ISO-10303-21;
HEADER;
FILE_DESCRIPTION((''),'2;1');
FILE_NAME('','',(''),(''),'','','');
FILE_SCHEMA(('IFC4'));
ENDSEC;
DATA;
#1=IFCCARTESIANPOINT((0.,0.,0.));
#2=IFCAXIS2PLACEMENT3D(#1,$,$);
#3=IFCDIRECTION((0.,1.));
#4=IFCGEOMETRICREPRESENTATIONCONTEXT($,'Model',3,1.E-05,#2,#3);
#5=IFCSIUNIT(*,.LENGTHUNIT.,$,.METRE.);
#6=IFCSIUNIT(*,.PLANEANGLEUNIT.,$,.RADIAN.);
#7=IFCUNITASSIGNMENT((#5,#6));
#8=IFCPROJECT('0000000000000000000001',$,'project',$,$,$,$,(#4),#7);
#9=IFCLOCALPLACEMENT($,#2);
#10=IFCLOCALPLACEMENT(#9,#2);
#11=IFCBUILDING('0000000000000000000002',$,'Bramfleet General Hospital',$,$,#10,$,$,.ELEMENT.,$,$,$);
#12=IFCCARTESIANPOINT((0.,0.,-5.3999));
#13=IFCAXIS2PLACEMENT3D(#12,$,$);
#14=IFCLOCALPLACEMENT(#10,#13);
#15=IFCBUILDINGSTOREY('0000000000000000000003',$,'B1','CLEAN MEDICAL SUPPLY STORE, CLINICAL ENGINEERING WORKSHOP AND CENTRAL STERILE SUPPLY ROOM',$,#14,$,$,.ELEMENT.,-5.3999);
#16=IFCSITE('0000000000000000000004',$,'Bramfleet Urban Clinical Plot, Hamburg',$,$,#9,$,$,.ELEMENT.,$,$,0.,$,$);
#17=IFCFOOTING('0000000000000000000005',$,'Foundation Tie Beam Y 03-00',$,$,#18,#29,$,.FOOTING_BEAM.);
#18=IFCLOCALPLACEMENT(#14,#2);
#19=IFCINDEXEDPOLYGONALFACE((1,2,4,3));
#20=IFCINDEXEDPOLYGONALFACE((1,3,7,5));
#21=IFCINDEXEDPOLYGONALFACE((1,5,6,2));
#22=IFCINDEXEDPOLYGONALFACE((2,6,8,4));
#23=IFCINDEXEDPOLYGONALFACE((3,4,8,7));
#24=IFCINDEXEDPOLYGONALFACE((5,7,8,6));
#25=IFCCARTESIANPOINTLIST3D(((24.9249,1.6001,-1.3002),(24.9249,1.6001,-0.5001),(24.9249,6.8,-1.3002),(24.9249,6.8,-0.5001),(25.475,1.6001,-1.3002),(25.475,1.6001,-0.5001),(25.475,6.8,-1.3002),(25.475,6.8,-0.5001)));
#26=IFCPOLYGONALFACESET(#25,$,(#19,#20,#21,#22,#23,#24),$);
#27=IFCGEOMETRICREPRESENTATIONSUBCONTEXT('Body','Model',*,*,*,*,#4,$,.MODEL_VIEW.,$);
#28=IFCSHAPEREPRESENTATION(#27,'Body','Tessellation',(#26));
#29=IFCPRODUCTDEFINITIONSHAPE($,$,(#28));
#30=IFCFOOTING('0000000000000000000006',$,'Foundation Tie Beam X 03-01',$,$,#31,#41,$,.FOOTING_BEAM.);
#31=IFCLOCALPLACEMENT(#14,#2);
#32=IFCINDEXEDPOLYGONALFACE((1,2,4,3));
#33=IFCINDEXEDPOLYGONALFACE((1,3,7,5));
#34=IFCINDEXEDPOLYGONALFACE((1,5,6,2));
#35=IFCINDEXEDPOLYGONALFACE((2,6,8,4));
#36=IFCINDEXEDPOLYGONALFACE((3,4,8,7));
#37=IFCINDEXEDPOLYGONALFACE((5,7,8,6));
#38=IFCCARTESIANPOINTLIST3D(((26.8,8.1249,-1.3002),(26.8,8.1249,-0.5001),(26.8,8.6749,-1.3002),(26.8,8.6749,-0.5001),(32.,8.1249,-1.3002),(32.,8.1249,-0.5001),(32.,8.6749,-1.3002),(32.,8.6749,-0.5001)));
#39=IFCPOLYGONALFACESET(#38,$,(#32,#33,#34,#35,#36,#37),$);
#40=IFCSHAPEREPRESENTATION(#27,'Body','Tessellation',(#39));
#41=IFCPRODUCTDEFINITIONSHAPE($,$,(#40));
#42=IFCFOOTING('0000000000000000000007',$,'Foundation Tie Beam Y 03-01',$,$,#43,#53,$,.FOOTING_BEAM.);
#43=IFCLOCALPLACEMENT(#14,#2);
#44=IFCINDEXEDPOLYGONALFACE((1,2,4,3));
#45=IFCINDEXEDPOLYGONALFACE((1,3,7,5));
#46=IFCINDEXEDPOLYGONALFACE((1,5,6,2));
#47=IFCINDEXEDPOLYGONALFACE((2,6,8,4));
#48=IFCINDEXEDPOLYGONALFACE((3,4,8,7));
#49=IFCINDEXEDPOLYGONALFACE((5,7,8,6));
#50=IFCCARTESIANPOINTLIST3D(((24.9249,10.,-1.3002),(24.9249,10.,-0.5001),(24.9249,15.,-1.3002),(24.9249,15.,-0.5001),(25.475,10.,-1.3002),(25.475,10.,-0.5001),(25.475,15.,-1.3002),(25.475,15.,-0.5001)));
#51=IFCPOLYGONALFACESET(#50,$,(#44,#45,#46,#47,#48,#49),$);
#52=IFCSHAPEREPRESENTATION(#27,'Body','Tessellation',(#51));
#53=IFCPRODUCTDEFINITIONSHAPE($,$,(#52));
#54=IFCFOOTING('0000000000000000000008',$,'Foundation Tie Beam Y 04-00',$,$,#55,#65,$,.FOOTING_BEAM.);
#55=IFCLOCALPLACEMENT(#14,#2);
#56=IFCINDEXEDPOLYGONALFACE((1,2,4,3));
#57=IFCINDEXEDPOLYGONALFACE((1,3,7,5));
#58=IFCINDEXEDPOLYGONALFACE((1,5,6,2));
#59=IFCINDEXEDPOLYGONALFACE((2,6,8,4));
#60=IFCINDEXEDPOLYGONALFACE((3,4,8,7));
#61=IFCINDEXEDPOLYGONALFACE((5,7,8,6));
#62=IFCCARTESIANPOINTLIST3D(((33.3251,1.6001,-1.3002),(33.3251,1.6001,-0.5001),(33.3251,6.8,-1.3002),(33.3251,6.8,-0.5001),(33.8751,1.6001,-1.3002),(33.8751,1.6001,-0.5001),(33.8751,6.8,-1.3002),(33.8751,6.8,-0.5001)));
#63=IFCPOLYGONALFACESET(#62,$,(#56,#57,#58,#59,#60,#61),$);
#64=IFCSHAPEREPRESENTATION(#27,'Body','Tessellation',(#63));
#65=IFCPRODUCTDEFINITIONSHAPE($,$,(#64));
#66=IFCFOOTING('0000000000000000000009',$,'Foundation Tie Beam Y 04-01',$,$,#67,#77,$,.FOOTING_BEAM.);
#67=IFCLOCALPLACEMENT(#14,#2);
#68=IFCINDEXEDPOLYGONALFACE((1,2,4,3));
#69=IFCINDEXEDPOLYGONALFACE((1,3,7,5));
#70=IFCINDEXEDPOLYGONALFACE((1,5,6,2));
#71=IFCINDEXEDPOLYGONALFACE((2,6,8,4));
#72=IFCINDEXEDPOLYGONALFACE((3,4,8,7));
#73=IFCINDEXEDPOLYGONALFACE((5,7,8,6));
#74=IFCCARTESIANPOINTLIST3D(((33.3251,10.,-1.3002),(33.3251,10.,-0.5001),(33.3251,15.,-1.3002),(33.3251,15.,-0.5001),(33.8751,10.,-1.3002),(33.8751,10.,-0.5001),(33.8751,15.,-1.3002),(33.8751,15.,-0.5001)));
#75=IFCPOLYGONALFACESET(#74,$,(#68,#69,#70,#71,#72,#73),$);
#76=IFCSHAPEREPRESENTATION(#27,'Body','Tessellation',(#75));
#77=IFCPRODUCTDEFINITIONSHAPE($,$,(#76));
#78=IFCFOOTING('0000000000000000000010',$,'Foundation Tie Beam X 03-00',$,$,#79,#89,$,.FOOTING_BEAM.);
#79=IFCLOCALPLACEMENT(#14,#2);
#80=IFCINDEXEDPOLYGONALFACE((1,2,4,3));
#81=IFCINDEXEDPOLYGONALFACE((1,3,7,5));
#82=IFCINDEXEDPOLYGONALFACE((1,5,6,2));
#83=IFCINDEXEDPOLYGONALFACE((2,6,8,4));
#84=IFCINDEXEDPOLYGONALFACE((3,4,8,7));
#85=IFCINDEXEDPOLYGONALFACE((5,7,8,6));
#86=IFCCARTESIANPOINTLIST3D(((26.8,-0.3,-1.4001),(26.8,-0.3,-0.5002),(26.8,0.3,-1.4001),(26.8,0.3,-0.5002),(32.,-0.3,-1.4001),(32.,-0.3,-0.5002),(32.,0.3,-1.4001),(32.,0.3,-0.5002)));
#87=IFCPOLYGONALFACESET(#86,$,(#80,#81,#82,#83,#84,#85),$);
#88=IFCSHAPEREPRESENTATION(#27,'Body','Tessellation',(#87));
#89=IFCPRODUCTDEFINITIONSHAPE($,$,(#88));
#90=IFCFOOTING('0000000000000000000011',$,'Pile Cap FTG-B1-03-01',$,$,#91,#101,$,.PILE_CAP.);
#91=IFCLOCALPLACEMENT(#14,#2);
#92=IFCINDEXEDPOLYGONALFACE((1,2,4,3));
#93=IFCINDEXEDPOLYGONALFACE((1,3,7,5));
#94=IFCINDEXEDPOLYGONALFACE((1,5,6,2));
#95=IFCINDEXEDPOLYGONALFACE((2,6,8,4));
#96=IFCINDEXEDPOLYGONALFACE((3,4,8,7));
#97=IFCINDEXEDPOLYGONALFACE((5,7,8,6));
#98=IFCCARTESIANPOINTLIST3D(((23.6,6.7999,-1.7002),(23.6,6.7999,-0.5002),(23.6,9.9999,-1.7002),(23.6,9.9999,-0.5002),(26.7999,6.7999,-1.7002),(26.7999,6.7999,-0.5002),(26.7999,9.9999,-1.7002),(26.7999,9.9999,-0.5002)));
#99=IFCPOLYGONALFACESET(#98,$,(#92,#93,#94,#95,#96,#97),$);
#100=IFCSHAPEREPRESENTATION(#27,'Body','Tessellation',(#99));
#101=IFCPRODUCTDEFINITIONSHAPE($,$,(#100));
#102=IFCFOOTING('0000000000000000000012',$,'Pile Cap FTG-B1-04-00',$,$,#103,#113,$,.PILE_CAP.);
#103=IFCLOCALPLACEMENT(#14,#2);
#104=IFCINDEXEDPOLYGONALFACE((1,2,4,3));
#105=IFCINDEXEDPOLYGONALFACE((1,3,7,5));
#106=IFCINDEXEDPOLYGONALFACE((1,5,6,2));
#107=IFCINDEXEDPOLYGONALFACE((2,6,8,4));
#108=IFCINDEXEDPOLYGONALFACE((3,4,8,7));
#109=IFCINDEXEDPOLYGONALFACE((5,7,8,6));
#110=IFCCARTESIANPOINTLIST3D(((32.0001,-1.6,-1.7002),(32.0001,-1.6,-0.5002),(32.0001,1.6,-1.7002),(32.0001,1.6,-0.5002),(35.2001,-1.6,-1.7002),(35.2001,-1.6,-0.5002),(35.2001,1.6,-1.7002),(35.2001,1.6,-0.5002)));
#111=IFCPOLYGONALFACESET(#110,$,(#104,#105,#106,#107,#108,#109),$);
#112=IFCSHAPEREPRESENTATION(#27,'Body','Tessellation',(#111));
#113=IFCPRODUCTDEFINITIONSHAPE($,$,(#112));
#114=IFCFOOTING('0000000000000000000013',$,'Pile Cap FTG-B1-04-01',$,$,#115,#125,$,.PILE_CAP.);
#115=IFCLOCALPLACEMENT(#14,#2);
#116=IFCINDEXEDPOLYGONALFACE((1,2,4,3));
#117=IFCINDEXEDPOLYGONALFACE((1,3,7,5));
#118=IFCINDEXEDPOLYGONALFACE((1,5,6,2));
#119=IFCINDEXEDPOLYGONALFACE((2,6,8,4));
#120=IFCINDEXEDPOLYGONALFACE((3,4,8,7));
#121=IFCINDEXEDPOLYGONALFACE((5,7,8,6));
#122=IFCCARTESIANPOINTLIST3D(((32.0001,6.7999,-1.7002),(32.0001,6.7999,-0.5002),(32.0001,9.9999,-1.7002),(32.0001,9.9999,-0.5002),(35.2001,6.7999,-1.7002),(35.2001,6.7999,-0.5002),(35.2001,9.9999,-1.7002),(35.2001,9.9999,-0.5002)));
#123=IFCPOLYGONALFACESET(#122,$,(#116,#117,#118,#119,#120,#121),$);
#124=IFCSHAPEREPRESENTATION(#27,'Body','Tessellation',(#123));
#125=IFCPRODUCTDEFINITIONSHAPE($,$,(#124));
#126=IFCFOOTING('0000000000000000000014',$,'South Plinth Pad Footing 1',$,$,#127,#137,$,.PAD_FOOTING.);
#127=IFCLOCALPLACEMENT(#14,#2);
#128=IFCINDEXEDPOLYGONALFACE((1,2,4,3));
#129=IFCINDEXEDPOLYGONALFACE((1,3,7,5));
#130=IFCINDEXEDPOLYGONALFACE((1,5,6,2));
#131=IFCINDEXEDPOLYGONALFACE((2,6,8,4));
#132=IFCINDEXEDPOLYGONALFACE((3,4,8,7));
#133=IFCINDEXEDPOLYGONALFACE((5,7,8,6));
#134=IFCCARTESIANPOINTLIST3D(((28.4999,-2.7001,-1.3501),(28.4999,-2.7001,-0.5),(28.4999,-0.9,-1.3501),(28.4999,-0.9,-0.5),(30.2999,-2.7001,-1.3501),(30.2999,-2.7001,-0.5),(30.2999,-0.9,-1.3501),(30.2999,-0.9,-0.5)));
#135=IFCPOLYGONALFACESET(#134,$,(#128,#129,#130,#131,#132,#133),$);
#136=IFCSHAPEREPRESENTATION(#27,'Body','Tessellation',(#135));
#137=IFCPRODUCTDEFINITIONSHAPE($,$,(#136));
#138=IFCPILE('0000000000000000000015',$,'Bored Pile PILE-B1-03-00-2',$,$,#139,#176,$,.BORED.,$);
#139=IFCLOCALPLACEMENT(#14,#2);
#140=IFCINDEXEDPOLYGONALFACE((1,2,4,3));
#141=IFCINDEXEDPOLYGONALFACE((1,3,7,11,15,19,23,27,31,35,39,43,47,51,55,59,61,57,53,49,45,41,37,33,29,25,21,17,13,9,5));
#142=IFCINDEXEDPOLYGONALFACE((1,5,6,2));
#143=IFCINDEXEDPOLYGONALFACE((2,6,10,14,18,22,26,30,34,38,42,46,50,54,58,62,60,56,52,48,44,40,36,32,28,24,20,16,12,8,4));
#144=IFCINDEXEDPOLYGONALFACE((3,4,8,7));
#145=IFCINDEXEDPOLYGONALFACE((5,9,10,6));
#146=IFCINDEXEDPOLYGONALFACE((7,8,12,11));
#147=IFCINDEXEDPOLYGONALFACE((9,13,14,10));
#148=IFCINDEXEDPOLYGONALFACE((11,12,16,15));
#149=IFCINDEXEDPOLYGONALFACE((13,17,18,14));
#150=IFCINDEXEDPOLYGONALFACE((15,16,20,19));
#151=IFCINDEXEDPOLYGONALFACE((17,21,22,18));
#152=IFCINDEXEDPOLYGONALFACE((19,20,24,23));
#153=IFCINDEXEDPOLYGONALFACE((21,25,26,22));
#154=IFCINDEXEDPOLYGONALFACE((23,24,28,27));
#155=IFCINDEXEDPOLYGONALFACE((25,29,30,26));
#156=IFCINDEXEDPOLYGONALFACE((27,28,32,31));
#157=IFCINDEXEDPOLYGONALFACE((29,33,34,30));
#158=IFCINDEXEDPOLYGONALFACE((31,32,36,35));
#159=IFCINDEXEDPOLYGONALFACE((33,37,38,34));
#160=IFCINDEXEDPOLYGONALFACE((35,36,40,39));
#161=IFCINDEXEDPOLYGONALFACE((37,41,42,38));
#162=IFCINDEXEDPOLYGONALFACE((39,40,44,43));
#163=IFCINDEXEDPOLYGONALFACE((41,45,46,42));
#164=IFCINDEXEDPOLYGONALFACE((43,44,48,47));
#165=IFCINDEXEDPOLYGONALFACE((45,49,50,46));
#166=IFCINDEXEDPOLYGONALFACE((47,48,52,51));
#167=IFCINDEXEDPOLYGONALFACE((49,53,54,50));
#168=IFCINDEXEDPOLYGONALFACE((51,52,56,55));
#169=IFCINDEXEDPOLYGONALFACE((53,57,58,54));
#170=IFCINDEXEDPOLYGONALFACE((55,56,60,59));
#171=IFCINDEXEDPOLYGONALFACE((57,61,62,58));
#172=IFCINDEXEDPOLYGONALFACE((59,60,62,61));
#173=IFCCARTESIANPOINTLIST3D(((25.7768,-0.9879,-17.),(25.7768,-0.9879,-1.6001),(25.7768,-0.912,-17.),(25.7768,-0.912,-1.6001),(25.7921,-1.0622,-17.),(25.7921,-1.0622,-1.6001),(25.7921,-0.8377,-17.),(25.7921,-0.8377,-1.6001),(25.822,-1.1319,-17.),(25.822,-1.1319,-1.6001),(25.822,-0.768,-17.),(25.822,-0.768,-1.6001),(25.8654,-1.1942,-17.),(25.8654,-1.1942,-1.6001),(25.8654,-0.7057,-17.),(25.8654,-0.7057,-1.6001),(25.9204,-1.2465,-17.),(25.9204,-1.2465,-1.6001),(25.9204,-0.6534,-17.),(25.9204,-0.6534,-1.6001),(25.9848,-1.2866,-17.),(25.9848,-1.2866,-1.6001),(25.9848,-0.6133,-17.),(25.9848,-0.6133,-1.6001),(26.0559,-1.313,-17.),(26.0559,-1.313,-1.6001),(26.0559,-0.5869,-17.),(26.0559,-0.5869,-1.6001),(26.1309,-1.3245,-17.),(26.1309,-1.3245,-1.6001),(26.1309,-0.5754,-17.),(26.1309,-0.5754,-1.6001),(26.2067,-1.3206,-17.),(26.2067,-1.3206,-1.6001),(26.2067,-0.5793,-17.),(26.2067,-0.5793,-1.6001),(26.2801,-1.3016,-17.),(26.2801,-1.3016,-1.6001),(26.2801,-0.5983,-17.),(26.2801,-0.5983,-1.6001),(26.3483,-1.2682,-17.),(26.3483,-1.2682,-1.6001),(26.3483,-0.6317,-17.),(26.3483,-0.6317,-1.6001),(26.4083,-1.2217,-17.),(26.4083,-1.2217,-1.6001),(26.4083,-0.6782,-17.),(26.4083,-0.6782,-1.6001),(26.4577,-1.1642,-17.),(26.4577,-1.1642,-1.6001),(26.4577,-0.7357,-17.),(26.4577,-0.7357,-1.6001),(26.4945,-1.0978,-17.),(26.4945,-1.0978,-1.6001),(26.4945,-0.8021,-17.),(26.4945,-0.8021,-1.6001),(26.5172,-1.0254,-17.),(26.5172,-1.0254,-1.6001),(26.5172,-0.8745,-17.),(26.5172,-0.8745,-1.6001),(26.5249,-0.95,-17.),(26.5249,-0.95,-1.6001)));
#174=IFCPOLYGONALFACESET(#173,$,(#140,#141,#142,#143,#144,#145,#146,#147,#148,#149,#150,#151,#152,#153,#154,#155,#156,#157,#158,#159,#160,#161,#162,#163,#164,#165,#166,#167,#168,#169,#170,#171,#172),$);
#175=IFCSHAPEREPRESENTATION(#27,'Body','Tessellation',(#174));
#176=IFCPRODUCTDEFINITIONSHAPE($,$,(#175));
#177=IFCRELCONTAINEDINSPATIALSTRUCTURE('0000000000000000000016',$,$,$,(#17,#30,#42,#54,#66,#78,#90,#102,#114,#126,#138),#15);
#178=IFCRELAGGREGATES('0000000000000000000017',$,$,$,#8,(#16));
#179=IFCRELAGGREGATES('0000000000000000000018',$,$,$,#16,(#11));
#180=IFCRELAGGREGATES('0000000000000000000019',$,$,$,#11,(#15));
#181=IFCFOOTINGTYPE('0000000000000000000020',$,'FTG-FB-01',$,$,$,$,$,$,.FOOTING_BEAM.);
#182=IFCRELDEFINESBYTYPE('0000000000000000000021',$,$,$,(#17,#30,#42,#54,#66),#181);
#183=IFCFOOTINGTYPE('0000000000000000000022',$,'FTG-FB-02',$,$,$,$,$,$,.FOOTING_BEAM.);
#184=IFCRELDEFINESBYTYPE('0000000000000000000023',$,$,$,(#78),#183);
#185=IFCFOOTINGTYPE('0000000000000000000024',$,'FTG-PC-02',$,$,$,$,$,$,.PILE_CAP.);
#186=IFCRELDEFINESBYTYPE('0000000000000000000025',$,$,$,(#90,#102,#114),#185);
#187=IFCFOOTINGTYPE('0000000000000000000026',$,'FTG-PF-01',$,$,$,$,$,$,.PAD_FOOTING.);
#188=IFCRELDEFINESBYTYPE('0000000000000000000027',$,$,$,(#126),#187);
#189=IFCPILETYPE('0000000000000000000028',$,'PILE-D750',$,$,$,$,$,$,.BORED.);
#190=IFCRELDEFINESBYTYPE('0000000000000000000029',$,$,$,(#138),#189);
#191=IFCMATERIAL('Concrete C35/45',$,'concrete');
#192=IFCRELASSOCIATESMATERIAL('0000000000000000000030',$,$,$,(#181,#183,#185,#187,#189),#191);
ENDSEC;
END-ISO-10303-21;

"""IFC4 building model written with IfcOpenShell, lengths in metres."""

from ifc_helpers import new_model, si_unit, direction, frame, origin, origin_2d, place, context, subcontext, project, spatial, rectangle, circle, extrude, material, material_profile, profile_set, type_object, element, save


model = new_model("IFC4")

# Units and contexts
model_context = context("Model", 3, precision=1e-05, world=origin(), true_north=direction((0.0, 1.0)))
body_context = subcontext(model_context, "Body", "Model", "MODEL_VIEW")
ifc_project = project(units=[si_unit("LENGTHUNIT", "METRE"), si_unit("PLANEANGLEUNIT", "RADIAN")], contexts=[model_context])

# Site, building, storey
site_placement = place(None, origin())
site = spatial("IfcSite", under=ifc_project, at=site_placement, Name="Bramfleet Urban Clinical Plot, Hamburg", CompositionType="ELEMENT", RefElevation=0.0)
building_placement = place(site_placement, origin())
building = spatial("IfcBuilding", under=site, at=building_placement, Name="Bramfleet General Hospital", CompositionType="ELEMENT")
storey_placement = place(building_placement, frame((0.0, 0.0, -5.3999)))
storey = spatial("IfcBuildingStorey", under=building, at=storey_placement, Name="B1", Description="CLEAN MEDICAL SUPPLY STORE, CLINICAL ENGINEERING WORKSHOP AND CENTRAL STERILE SUPPLY ROOM", CompositionType="ELEMENT", Elevation=-5.3999)

# Footings
ifc_material_1 = material(Name="Concrete C35/45", Category="concrete")
ifc_material_profile_1 = material_profile(ifc_material_1, rectangle(XDim=0.55, YDim=0.8, at=origin_2d()), Name="RC FB 800x550")
ifc_profile_set_1 = profile_set([ifc_material_profile_1], Name="Concrete C35/45")
footing_type_1 = type_object("IfcFootingType", Name="FTG-FB-01", PredefinedType="FOOTING_BEAM", material=ifc_profile_set_1)
for number, where, z_axis, x_axis, name in (
    (1, (25.2, 1.6001, -0.9001), (0.0, 1.0, 0.0), (-1.0, 0.0, 0.0), "Foundation Tie Beam Y 03-00"),
    (2, (26.8, 8.3999, -0.9001), (1.0, 0.0, 0.0), (0.0, 1.0, 0.0), "Foundation Tie Beam X 03-01"),
):
    element("IfcFooting", number, at=place(storey_placement, frame(where, z_axis=z_axis, x_axis=x_axis)), inside=storey, type_object=footing_type_1, Name=name, PredefinedType="FOOTING_BEAM", context=body_context, shape_type="SweptSolid", body=[
        extrude(rectangle(XDim=0.55, YDim=0.8, at=origin_2d()), origin(), (0.0, 0.0, 1.0), 5.2),
    ])
footing_1_placement = place(storey_placement, frame((25.2, 10.0, -0.9001), z_axis=(0.0, 1.0, 0.0), x_axis=(-1.0, 0.0, 0.0)))
element("IfcFooting", 3, at=footing_1_placement, inside=storey, type_object=footing_type_1, Name="Foundation Tie Beam Y 03-01", PredefinedType="FOOTING_BEAM", context=body_context, shape_type="SweptSolid", body=[
    extrude(rectangle(XDim=0.55, YDim=0.8, at=origin_2d()), origin(), (0.0, 0.0, 1.0), 5.0),
])
footing_2_placement = place(storey_placement, frame((33.6001, 1.6001, -0.9001), z_axis=(0.0, 1.0, 0.0), x_axis=(-1.0, 0.0, 0.0)))
element("IfcFooting", 4, at=footing_2_placement, inside=storey, type_object=footing_type_1, Name="Foundation Tie Beam Y 04-00", PredefinedType="FOOTING_BEAM", context=body_context, shape_type="SweptSolid", body=[
    extrude(rectangle(XDim=0.55, YDim=0.8, at=origin_2d()), origin(), (0.0, 0.0, 1.0), 5.2),
])
footing_3_placement = place(storey_placement, frame((33.6001, 10.0, -0.9001), z_axis=(0.0, 1.0, 0.0), x_axis=(-1.0, 0.0, 0.0)))
element("IfcFooting", 5, at=footing_3_placement, inside=storey, type_object=footing_type_1, Name="Foundation Tie Beam Y 04-01", PredefinedType="FOOTING_BEAM", context=body_context, shape_type="SweptSolid", body=[
    extrude(rectangle(XDim=0.55, YDim=0.8, at=origin_2d()), origin(), (0.0, 0.0, 1.0), 5.0),
])
ifc_material_profile_2 = material_profile(ifc_material_1, rectangle(XDim=0.6001, YDim=0.8999, at=origin_2d()), Name="RC FB 900x600")
ifc_profile_set_2 = profile_set([ifc_material_profile_2], Name="Concrete C35/45")
footing_type_2 = type_object("IfcFootingType", Name="FTG-FB-02", PredefinedType="FOOTING_BEAM", material=ifc_profile_set_2)
footing_4_placement = place(storey_placement, frame((26.8, 0.0, -0.9502), z_axis=(1.0, 0.0, 0.0), x_axis=(0.0, 1.0, 0.0)))
element("IfcFooting", 6, at=footing_4_placement, inside=storey, type_object=footing_type_2, Name="Foundation Tie Beam X 03-00", PredefinedType="FOOTING_BEAM", context=body_context, shape_type="SweptSolid", body=[
    extrude(rectangle(XDim=0.6001, YDim=0.8999, at=origin_2d()), origin(), (0.0, 0.0, 1.0), 5.2),
])
footing_type_3 = type_object("IfcFootingType", Name="FTG-PC-02", PredefinedType="PILE_CAP", material=ifc_material_1)
for number, where, z_axis, x_axis, name in (
    (7, (25.2, 8.3999, -1.7002), (0.0, 0.0, 1.0), (1.0, 0.0, 0.0), "Pile Cap FTG-B1-03-01"),
    (8, (33.6001, 0.0, -1.7002), (0.0, 0.0, 1.0), (1.0, 0.0, 0.0), "Pile Cap FTG-B1-04-00"),
    (9, (33.6001, 8.3999, -1.7002), (0.0, 0.0, 1.0), (1.0, 0.0, 0.0), "Pile Cap FTG-B1-04-01"),
):
    element("IfcFooting", number, at=place(storey_placement, frame(where, z_axis=z_axis, x_axis=x_axis)), inside=storey, type_object=footing_type_3, Name=name, PredefinedType="PILE_CAP", context=body_context, shape_type="SweptSolid", body=[
        extrude(rectangle(XDim=3.2, YDim=3.2, at=origin_2d()), origin(), (0.0, 0.0, 1.0), 1.2),
    ])
footing_type_4 = type_object("IfcFootingType", Name="FTG-PF-01", PredefinedType="PAD_FOOTING", material=ifc_material_1)
footing_5_placement = place(storey_placement, frame((29.3999, -1.8, -1.3501), z_axis=(0.0, 0.0, 1.0), x_axis=(1.0, 0.0, 0.0)))
element("IfcFooting", 10, at=footing_5_placement, inside=storey, type_object=footing_type_4, Name="South Plinth Pad Footing 1", PredefinedType="PAD_FOOTING", context=body_context, shape_type="SweptSolid", body=[
    extrude(rectangle(XDim=1.8, YDim=1.8, at=origin_2d()), origin(), (0.0, 0.0, 1.0), 0.8501),
])

# Pile
ifc_material_profile_3 = material_profile(ifc_material_1, circle(Radius=0.375, at=origin_2d()), Name="PILE BORED D750")
ifc_profile_set_3 = profile_set([ifc_material_profile_3], Name="Concrete C35/45")
pile_type = type_object("IfcPileType", Name="PILE-D750", PredefinedType="BORED", material=ifc_profile_set_3)
for number, where, z_axis, x_axis, name in (
    (11, (26.1499, -0.95, -1.6001), (0.0, 0.0, -1.0), (1.0, 0.0, 0.0), "Bored Pile PILE-B1-03-00-2"),
):
    element("IfcPile", number, at=place(storey_placement, frame(where, z_axis=z_axis, x_axis=x_axis)), inside=storey, type_object=pile_type, Name=name, PredefinedType="BORED", context=body_context, shape_type="SweptSolid", body=[
        extrude(circle(Radius=0.375, at=origin_2d()), origin(), (0.0, 0.0, 1.0), 15.3999),
    ])

save(model, "model.ifc")
